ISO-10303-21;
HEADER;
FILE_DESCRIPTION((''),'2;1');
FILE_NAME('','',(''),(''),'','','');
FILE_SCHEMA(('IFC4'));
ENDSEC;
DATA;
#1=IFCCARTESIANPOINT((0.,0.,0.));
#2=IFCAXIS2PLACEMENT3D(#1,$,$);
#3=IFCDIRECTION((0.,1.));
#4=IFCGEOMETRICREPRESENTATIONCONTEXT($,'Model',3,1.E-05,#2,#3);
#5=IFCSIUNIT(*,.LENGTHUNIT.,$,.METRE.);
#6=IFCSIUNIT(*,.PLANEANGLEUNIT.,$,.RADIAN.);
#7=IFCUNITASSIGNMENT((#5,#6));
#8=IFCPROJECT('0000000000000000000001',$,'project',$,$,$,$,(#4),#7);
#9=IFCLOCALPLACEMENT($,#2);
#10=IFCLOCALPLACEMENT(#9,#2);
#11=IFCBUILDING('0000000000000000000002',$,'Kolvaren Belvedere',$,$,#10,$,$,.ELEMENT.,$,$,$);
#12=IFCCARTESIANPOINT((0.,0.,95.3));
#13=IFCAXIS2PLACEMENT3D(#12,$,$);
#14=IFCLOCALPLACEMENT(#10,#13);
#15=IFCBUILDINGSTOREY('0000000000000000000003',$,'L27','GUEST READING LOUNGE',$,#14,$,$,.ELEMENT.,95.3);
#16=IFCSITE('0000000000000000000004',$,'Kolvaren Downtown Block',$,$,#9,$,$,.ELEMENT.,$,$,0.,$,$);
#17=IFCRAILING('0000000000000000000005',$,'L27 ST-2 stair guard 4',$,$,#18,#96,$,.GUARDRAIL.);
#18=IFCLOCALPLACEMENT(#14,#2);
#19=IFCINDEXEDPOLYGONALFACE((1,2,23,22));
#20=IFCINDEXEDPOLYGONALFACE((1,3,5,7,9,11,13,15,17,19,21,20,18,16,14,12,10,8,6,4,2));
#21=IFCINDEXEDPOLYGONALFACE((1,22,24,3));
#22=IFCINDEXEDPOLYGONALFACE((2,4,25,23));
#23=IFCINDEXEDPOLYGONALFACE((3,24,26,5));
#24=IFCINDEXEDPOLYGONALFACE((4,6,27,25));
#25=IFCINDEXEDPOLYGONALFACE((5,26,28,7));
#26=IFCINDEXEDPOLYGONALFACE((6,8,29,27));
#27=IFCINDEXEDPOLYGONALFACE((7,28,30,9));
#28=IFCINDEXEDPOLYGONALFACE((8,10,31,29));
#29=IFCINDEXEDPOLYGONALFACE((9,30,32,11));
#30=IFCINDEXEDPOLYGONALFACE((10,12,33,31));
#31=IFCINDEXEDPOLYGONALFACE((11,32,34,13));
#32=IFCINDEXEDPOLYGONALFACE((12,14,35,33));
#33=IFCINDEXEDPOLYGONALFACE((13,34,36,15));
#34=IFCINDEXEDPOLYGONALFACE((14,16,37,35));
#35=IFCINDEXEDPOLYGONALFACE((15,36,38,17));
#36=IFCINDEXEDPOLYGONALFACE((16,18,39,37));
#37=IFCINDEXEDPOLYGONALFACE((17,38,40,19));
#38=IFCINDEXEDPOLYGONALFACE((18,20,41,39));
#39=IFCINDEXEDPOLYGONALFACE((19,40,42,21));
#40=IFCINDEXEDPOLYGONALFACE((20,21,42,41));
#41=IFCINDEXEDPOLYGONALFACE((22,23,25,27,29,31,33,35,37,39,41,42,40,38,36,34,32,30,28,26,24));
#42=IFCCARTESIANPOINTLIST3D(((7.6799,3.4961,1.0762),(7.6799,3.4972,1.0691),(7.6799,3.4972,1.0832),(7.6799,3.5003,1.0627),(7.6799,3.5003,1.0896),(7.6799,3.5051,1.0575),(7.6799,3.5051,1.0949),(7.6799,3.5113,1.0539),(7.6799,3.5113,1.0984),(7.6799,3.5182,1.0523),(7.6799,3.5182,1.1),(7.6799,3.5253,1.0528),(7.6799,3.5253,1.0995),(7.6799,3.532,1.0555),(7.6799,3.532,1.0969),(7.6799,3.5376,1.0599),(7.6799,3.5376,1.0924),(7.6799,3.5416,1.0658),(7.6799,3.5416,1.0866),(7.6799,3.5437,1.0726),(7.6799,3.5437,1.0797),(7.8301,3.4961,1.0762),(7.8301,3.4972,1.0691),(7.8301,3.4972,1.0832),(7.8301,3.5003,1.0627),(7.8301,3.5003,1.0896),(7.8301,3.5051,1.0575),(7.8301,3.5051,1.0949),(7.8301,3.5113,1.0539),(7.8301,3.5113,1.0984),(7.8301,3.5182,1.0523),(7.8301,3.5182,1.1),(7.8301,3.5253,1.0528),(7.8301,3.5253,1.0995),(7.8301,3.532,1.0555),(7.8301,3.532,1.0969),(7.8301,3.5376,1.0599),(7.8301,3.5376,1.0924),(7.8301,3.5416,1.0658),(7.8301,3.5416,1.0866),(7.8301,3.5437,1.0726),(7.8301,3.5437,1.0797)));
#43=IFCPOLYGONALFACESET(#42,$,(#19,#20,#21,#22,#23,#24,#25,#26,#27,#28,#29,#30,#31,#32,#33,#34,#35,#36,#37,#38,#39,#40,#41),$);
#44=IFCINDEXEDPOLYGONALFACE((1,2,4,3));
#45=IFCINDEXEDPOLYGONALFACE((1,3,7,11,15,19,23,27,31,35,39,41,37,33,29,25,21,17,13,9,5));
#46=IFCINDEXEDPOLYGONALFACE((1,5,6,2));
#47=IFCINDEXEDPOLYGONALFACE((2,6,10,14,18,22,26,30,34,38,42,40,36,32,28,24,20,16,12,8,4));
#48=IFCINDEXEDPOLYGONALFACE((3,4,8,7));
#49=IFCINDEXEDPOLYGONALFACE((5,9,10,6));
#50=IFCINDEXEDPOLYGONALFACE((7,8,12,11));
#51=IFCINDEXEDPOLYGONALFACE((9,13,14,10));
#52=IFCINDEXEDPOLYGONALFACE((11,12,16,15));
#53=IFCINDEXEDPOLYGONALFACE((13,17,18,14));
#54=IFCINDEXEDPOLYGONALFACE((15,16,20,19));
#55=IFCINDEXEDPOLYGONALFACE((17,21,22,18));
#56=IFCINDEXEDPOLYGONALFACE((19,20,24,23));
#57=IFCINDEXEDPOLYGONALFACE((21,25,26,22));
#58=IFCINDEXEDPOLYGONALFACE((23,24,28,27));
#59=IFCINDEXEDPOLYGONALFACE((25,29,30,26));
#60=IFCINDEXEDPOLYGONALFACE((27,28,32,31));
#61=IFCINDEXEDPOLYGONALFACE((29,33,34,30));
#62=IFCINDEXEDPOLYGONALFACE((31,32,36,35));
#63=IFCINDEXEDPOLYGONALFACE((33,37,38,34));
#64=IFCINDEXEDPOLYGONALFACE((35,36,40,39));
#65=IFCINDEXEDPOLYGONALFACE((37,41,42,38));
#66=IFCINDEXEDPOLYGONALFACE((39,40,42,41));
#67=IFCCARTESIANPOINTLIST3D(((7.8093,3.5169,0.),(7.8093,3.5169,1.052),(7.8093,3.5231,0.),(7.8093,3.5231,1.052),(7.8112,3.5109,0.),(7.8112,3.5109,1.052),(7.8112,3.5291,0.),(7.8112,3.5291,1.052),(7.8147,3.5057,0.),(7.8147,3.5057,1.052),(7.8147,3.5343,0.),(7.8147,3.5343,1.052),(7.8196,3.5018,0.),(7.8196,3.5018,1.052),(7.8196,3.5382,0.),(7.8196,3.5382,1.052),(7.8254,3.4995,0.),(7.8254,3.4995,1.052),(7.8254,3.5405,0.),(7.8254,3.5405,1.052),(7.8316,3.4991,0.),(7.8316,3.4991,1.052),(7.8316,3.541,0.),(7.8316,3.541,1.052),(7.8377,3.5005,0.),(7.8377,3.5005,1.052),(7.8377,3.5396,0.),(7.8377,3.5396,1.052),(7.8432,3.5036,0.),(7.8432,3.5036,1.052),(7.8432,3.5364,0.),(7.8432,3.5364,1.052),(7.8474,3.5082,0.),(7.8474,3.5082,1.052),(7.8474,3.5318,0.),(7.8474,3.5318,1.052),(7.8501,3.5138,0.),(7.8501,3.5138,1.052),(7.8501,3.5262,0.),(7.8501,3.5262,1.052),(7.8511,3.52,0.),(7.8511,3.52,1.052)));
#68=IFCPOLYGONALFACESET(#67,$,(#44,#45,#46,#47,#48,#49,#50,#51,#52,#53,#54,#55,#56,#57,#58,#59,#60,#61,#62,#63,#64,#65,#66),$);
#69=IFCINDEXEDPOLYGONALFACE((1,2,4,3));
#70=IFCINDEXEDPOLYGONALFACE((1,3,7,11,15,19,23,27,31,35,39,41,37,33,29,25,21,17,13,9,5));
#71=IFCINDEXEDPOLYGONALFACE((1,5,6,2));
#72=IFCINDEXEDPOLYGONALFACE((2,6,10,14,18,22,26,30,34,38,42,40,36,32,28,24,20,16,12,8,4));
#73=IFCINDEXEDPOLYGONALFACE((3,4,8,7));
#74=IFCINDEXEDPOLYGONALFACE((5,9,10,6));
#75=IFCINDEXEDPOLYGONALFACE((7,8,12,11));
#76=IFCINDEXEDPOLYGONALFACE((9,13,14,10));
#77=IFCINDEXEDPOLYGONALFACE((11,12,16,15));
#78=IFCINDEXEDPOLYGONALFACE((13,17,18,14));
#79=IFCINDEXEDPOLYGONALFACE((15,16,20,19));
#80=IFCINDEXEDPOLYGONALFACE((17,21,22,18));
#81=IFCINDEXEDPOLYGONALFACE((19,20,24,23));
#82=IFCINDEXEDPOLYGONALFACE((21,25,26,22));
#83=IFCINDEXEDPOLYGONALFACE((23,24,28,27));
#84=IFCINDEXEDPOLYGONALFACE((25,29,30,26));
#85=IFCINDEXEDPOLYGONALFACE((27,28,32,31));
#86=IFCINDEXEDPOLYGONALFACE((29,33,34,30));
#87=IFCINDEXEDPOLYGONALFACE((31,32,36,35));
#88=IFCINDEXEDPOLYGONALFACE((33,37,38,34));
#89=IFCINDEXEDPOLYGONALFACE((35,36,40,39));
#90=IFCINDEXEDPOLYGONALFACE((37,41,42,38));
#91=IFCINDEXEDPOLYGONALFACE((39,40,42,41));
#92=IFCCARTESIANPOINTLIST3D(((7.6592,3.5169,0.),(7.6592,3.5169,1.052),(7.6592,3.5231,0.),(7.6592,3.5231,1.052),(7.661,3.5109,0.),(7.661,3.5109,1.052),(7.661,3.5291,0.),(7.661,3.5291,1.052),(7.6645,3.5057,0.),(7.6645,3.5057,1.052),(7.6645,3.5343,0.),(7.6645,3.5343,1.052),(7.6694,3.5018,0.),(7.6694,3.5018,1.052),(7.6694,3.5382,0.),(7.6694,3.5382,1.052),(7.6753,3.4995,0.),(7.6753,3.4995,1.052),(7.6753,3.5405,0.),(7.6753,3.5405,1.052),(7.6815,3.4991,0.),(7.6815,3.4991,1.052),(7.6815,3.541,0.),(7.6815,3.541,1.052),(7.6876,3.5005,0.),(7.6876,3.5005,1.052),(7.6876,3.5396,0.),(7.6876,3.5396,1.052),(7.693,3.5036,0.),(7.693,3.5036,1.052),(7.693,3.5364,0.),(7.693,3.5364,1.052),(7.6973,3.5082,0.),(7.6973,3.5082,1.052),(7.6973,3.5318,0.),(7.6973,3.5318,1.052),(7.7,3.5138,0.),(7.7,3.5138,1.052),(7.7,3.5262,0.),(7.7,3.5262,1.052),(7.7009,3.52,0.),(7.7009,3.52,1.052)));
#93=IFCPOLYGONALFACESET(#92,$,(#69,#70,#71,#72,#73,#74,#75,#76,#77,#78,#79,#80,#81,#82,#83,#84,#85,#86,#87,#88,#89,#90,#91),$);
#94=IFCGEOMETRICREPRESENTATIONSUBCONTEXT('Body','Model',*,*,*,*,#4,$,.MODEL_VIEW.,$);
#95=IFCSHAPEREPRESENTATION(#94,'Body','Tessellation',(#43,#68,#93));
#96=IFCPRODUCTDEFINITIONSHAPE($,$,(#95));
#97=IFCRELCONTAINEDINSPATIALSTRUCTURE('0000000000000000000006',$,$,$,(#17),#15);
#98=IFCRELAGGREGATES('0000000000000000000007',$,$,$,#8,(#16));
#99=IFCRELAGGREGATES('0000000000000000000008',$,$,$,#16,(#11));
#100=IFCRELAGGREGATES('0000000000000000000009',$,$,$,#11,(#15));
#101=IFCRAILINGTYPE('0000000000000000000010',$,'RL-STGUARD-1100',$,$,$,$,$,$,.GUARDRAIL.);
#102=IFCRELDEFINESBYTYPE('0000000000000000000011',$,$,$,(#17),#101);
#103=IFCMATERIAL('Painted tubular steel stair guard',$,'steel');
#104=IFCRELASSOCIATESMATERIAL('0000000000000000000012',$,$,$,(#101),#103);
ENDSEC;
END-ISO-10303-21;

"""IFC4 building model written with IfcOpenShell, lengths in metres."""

from ifc_helpers import new_model, si_unit, direction, frame, origin, origin_2d, place, context, subcontext, project, spatial, circle, extrude, material, type_object, element, save


model = new_model("IFC4")

# Units and contexts
model_context = context("Model", 3, precision=1e-05, world=origin(), true_north=direction((0.0, 1.0)))
body_context = subcontext(model_context, "Body", "Model", "MODEL_VIEW")
ifc_project = project(units=[si_unit("LENGTHUNIT", "METRE"), si_unit("PLANEANGLEUNIT", "RADIAN")], contexts=[model_context])

# Site, building, storey
site_placement = place(None, origin())
site = spatial("IfcSite", under=ifc_project, at=site_placement, Name="Kolvaren Downtown Block", CompositionType="ELEMENT", RefElevation=0.0)
building_placement = place(site_placement, origin())
building = spatial("IfcBuilding", under=site, at=building_placement, Name="Kolvaren Belvedere", CompositionType="ELEMENT")
storey_placement = place(building_placement, frame((0.0, 0.0, 95.3)))
storey = spatial("IfcBuildingStorey", under=building, at=storey_placement, Name="L27", Description="GUEST READING LOUNGE", CompositionType="ELEMENT", Elevation=95.3)

# Railing
ifc_material_1 = material(Name="Painted tubular steel stair guard", Category="steel")
railing_type_1 = type_object("IfcRailingType", Name="RL-STGUARD-1100", PredefinedType="GUARDRAIL", material=ifc_material_1)
railing_1_placement = place(storey_placement, frame((7.8301, 3.52, 0.0)))
element("IfcRailing", 1, at=railing_1_placement, inside=storey, type_object=railing_type_1, Name="L27 ST-2 stair guard 4", PredefinedType="GUARDRAIL", context=body_context, shape_type="SweptSolid", body=[
    extrude(circle(Radius=0.0239, at=origin_2d()), frame((0.0, 0.0, 1.0762), z_axis=(-1.0, 0.0, 0.0), x_axis=(0.0, -1.0, 0.0)), (0.0, 0.0, 1.0), 0.1501),
    extrude(circle(Radius=0.021, at=origin_2d()), origin(), (0.0, 0.0, 1.0), 1.052),
    extrude(circle(Radius=0.021, at=origin_2d()), frame((-0.1501, 0.0, 0.0)), (0.0, 0.0, 1.0), 1.052),
])

save(model, "model.ifc")
